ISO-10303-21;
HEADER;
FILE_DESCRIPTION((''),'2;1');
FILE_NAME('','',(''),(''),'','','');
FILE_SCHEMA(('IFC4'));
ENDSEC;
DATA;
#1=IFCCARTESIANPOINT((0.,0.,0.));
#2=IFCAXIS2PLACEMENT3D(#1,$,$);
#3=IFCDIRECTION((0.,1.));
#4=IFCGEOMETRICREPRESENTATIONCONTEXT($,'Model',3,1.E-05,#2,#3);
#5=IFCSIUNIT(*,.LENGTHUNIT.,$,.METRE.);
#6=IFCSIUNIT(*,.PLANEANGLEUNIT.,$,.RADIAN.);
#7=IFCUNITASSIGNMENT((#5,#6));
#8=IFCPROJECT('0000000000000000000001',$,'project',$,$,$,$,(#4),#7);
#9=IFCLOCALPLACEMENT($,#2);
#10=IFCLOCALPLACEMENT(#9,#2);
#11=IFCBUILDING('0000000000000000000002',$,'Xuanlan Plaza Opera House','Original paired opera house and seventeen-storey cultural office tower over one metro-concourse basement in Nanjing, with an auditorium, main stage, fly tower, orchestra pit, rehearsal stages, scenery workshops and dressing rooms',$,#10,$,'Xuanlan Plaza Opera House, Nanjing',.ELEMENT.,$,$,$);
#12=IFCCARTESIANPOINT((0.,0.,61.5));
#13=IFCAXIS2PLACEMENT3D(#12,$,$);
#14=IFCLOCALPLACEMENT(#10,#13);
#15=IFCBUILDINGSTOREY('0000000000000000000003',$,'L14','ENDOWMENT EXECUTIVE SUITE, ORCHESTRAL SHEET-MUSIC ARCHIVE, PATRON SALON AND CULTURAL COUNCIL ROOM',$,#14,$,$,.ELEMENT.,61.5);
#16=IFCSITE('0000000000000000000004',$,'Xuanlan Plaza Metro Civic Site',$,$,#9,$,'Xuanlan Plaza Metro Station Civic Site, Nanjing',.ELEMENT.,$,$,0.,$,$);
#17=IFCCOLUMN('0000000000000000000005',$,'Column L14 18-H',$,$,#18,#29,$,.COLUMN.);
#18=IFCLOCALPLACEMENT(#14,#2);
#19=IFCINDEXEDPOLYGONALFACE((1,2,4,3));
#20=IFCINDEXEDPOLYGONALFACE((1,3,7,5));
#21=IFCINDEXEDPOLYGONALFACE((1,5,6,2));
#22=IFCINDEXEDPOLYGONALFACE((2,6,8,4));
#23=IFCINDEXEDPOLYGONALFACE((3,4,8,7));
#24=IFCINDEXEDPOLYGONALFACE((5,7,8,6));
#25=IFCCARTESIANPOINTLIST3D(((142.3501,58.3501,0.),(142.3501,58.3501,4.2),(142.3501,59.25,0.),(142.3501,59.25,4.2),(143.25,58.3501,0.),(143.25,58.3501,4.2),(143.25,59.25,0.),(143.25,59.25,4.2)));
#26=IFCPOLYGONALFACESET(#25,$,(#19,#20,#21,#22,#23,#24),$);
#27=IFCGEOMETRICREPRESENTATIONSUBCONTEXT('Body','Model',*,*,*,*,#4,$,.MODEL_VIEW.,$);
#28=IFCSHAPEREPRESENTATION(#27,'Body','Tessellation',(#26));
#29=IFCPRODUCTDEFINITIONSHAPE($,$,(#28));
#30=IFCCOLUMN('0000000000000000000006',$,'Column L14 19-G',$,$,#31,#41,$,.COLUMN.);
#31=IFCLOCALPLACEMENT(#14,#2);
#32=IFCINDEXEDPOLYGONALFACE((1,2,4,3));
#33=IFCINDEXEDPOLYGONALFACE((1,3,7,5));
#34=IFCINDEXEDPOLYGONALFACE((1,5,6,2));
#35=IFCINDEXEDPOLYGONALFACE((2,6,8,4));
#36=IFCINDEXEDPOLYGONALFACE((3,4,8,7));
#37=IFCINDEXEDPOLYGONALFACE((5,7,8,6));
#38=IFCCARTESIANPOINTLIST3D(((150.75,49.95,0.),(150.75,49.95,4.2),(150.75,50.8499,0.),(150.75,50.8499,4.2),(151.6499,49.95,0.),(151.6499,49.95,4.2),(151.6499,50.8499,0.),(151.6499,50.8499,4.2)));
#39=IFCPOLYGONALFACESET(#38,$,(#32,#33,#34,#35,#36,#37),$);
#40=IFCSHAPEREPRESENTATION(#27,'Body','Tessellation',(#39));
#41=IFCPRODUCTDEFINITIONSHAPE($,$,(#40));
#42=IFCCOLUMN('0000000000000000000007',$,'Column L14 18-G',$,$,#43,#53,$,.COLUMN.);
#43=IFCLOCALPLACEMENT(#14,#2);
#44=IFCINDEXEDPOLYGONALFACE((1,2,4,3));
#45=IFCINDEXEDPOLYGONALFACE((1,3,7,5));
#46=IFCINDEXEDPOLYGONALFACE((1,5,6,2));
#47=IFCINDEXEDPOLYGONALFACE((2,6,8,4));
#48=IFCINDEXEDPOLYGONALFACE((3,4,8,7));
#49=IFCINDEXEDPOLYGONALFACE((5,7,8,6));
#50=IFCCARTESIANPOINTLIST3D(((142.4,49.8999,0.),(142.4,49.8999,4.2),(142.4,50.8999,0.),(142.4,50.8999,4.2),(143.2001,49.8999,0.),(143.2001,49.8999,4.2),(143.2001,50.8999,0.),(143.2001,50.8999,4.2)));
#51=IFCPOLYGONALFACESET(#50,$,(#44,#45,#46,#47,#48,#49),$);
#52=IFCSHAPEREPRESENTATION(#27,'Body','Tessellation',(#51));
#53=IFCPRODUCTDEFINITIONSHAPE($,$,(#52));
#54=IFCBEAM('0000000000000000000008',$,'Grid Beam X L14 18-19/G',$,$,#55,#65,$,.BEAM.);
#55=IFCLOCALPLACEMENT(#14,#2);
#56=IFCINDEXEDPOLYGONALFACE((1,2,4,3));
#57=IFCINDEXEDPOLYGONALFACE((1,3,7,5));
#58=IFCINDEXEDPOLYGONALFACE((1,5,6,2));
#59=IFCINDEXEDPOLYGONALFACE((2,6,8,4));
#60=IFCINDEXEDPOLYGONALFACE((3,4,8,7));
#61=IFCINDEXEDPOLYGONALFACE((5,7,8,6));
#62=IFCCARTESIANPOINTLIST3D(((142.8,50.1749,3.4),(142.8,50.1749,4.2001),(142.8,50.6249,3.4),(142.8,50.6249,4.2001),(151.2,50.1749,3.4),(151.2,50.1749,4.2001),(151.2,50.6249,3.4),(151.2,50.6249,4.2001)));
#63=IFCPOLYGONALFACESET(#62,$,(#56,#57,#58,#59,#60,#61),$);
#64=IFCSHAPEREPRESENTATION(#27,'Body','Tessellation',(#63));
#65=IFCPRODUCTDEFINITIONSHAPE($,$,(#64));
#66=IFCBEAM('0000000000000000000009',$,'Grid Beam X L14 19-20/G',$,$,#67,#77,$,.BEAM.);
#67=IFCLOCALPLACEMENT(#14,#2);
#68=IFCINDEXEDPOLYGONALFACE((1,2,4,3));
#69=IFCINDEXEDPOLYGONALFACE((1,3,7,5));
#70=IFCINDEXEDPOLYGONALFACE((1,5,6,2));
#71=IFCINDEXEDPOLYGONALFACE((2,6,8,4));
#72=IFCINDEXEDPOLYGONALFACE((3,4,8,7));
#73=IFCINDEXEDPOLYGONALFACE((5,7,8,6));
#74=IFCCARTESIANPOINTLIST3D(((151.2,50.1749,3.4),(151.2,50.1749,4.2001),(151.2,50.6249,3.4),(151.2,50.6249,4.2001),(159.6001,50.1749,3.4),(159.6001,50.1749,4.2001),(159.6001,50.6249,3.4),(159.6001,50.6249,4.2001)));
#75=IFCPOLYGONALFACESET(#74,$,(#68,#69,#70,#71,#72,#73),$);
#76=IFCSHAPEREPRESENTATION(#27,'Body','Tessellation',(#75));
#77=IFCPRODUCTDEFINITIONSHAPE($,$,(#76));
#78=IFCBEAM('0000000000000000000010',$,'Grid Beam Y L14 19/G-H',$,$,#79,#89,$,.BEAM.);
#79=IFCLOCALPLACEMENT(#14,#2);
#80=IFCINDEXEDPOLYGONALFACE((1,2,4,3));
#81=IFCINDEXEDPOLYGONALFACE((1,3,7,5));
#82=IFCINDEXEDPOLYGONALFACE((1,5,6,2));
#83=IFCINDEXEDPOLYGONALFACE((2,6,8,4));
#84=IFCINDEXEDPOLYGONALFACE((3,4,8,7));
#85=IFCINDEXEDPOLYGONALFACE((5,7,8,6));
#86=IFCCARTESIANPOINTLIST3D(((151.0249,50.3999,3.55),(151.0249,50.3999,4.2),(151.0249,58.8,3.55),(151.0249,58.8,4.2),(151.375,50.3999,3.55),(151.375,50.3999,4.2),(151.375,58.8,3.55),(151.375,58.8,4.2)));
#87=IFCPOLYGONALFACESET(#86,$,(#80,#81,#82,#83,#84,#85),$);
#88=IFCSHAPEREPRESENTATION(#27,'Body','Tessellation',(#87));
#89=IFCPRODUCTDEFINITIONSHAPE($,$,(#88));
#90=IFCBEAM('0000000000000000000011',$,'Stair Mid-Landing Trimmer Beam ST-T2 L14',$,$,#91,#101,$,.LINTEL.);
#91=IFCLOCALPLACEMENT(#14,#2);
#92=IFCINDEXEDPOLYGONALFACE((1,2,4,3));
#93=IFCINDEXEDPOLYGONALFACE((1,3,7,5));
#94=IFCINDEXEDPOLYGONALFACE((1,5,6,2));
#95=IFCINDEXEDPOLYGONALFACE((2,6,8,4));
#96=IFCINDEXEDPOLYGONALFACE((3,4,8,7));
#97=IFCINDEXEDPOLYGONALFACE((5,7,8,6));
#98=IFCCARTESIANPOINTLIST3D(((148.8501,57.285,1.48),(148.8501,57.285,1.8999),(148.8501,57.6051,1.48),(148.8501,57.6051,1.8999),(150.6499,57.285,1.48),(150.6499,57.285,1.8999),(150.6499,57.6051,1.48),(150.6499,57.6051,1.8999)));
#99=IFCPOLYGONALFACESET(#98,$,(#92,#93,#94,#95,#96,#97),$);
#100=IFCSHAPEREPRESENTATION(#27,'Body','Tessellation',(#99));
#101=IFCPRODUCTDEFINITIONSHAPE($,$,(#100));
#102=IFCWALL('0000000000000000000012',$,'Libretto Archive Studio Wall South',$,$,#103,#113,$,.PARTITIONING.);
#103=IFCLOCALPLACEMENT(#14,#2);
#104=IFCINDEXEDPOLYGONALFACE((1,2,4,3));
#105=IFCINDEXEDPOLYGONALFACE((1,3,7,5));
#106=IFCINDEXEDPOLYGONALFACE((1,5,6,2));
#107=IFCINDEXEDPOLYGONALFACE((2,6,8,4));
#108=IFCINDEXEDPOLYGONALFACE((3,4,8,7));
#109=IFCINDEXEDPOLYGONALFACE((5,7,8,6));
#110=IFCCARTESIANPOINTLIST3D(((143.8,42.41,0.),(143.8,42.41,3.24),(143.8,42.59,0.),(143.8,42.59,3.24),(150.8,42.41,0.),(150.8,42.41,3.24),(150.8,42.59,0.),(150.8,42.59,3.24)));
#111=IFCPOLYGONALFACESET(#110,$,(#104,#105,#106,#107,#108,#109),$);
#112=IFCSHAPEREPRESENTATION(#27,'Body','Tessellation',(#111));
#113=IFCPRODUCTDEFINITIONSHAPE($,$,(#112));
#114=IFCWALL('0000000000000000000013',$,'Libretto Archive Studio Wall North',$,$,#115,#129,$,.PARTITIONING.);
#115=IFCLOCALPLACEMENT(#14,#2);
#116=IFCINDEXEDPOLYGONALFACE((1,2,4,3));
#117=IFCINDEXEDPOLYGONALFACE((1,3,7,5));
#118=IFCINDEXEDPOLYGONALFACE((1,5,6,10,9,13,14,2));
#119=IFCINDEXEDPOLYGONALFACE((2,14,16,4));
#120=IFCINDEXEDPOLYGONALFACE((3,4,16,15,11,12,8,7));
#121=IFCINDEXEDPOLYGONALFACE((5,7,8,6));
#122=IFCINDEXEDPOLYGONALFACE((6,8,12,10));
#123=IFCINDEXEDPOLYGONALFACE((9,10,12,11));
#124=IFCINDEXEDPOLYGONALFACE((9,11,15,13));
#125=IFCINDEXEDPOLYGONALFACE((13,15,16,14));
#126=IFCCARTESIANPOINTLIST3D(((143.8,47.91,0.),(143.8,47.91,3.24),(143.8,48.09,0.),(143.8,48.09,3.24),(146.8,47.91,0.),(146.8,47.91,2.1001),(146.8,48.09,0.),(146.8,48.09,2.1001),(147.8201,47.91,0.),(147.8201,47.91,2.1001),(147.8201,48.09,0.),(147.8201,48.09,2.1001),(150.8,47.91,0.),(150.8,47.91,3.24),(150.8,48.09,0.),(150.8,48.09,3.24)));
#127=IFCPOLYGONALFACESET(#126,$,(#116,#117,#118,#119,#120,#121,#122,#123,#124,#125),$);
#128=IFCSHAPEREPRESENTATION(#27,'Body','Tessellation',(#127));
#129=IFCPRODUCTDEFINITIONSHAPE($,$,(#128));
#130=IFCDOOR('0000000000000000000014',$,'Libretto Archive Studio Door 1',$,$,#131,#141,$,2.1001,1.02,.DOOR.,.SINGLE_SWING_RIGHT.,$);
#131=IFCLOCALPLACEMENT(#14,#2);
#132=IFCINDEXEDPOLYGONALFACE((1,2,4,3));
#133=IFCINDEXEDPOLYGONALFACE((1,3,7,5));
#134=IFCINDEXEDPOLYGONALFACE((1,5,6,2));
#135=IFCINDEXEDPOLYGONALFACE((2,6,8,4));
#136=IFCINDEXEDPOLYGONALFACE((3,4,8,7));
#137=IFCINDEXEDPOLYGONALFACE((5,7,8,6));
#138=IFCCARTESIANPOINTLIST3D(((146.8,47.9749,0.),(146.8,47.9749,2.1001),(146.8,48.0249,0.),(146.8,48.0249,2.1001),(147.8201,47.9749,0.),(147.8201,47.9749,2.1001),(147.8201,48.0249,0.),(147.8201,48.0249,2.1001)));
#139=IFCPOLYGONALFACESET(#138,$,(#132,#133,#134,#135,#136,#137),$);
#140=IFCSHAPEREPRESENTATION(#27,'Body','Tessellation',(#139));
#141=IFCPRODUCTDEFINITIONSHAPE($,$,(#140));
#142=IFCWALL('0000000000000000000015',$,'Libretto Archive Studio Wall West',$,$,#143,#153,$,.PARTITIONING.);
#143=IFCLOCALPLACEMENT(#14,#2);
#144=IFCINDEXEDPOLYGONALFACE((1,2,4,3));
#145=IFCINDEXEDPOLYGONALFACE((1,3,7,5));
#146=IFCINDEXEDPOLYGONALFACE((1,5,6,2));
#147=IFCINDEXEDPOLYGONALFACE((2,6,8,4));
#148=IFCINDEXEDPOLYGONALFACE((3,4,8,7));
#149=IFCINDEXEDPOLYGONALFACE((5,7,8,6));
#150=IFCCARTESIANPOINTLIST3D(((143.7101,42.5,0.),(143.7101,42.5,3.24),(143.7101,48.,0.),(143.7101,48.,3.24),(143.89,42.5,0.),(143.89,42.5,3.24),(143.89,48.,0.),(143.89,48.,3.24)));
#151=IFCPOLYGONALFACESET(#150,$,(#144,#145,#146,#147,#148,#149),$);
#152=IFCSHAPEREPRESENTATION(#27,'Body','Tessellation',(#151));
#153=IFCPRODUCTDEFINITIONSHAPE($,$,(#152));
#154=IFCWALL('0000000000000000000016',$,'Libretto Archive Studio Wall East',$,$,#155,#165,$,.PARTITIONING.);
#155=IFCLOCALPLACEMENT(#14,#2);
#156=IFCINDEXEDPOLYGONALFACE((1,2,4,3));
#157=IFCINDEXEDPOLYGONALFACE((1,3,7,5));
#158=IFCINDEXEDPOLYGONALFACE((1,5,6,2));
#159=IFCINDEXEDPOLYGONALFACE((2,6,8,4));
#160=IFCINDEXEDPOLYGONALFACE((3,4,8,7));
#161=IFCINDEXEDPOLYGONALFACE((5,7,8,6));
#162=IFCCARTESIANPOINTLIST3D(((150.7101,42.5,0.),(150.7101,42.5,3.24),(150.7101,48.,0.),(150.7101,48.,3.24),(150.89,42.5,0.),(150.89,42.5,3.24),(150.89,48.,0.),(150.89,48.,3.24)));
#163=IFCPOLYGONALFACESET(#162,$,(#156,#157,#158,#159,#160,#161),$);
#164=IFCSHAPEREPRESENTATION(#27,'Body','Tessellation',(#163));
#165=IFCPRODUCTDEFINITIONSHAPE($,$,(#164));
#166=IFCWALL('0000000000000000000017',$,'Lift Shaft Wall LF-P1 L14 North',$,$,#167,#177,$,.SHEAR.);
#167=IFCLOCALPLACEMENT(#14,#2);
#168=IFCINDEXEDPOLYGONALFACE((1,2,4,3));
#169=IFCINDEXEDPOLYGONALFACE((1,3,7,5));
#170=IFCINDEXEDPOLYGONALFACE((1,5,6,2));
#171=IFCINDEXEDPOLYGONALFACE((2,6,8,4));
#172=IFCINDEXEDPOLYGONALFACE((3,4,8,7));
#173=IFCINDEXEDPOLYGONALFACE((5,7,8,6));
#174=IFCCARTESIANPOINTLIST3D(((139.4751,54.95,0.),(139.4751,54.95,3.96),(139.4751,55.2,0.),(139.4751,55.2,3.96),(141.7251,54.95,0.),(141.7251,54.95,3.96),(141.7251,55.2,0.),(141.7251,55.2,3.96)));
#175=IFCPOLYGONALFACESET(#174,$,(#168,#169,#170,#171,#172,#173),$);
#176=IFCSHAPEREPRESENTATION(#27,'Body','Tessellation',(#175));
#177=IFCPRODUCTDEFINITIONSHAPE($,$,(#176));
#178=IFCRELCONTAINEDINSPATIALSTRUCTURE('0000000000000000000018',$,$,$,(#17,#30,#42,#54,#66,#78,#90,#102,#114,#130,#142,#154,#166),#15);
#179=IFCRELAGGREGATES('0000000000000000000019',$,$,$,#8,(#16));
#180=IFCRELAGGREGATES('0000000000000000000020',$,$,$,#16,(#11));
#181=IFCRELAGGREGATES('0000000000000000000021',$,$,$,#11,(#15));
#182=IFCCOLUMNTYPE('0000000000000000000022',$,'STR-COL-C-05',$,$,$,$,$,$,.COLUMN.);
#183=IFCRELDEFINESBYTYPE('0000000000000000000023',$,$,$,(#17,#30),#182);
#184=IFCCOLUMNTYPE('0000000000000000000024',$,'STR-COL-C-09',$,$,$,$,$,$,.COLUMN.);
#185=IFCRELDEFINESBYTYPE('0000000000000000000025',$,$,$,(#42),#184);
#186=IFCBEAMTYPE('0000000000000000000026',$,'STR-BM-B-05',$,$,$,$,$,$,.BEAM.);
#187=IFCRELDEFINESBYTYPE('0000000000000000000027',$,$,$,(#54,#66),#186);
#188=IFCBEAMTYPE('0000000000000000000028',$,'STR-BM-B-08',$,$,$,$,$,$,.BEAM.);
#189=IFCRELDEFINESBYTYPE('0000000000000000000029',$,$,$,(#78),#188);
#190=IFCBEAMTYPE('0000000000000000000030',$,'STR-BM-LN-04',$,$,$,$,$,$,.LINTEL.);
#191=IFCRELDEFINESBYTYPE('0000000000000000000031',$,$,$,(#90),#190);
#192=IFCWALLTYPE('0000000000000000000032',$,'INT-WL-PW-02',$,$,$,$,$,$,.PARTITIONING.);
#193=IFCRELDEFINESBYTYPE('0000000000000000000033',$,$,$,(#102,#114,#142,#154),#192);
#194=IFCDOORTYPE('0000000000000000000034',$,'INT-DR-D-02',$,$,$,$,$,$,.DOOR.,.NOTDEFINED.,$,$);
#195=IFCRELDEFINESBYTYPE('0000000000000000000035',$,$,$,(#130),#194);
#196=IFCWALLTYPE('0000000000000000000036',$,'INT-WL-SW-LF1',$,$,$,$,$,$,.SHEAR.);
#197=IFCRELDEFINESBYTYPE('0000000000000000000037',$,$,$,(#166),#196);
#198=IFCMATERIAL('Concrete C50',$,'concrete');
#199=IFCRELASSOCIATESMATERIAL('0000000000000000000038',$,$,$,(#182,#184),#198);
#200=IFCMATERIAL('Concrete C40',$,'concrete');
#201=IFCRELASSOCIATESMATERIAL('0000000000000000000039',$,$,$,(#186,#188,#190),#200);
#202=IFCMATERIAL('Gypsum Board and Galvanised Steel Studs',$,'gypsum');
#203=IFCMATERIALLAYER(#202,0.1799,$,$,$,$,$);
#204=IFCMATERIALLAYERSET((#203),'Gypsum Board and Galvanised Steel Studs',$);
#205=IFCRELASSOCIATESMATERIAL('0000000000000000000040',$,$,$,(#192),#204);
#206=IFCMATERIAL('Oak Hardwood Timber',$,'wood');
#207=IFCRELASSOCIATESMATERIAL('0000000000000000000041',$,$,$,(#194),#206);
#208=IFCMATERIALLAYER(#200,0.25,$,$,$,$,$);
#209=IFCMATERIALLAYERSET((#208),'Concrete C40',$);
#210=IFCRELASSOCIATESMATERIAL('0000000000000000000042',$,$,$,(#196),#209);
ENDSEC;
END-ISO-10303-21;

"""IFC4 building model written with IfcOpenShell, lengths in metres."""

from ifc_helpers import new_model, si_unit, direction, frame, frame_2d, origin, origin_2d, place, context, subcontext, project, spatial, rectangle, extrude, material, layer, layer_set, material_profile, profile_set, type_object, element, fill, save


model = new_model("IFC4")

# Units and contexts
model_context = context("Model", 3, precision=1e-05, world=origin(), true_north=direction((0.0, 1.0)))
body_context = subcontext(model_context, "Body", "Model", "MODEL_VIEW")
ifc_project = project(units=[si_unit("LENGTHUNIT", "METRE"), si_unit("PLANEANGLEUNIT", "RADIAN")], contexts=[model_context])

# Site, building, storey
site_placement = place(None, origin())
site = spatial("IfcSite", under=ifc_project, at=site_placement, Name="Xuanlan Plaza Metro Civic Site", LongName="Xuanlan Plaza Metro Station Civic Site, Nanjing", CompositionType="ELEMENT", RefElevation=0.0)
building_placement = place(site_placement, origin())
building = spatial("IfcBuilding", under=site, at=building_placement, Name="Xuanlan Plaza Opera House", Description="Original paired opera house and seventeen-storey cultural office tower over one metro-concourse basement in Nanjing, with an auditorium, main stage, fly tower, orchestra pit, rehearsal stages, scenery workshops and dressing rooms", LongName="Xuanlan Plaza Opera House, Nanjing", CompositionType="ELEMENT")
storey_placement = place(building_placement, frame((0.0, 0.0, 61.5)))
storey = spatial("IfcBuildingStorey", under=building, at=storey_placement, Name="L14", Description="ENDOWMENT EXECUTIVE SUITE, ORCHESTRAL SHEET-MUSIC ARCHIVE, PATRON SALON AND CULTURAL COUNCIL ROOM", CompositionType="ELEMENT", Elevation=61.5)

# Columns
ifc_material_1 = material(Name="Concrete C50", Category="concrete")
ifc_material_profile_1 = material_profile(ifc_material_1, rectangle(XDim=0.8999, YDim=0.8999, at=origin_2d()), Name="RC-COL 900x900")
ifc_profile_set_1 = profile_set([ifc_material_profile_1], Name="Concrete C50")
column_type_1 = type_object("IfcColumnType", Name="STR-COL-C-05", PredefinedType="COLUMN", material=ifc_profile_set_1)
for number, where, z_axis, x_axis, name in (
    (1, (142.8, 58.8, 0.0), (0.0, 0.0, 1.0), (1.0, 0.0, 0.0), "Column L14 18-H"),
    (2, (151.2, 50.3999, 0.0), (0.0, 0.0, 1.0), (1.0, 0.0, 0.0), "Column L14 19-G"),
):
    element("IfcColumn", number, at=place(storey_placement, frame(where, z_axis=z_axis, x_axis=x_axis)), inside=storey, type_object=column_type_1, Name=name, PredefinedType="COLUMN", context=body_context, shape_type="SweptSolid", body=[
        extrude(rectangle(XDim=0.8999, YDim=0.8999, at=origin_2d()), origin(), (0.0, 0.0, 1.0), 4.2),
    ])
ifc_material_profile_2 = material_profile(ifc_material_1, rectangle(XDim=0.8, YDim=1.0, at=origin_2d()), Name="RC-COL 800x1000")
ifc_profile_set_2 = profile_set([ifc_material_profile_2], Name="Concrete C50")
column_type_2 = type_object("IfcColumnType", Name="STR-COL-C-09", PredefinedType="COLUMN", material=ifc_profile_set_2)
column_placement = place(storey_placement, frame((142.8, 50.3999, 0.0), z_axis=(0.0, 0.0, 1.0), x_axis=(1.0, 0.0, 0.0)))
element("IfcColumn", 3, at=column_placement, inside=storey, type_object=column_type_2, Name="Column L14 18-G", PredefinedType="COLUMN", context=body_context, shape_type="SweptSolid", body=[
    extrude(rectangle(XDim=0.8, YDim=1.0, at=origin_2d()), origin(), (0.0, 0.0, 1.0), 4.2),
])

# Beams
ifc_material_2 = material(Name="Concrete C40", Category="concrete")
ifc_material_profile_3 = material_profile(ifc_material_2, rectangle(XDim=0.45, YDim=0.8, at=origin_2d()), Name="RC-BM 450x800")
ifc_profile_set_3 = profile_set([ifc_material_profile_3], Name="Concrete C40")
beam_type_1 = type_object("IfcBeamType", Name="STR-BM-B-05", PredefinedType="BEAM", material=ifc_profile_set_3)
beam_1_placement = place(storey_placement, frame((142.8, 50.3999, 3.8), z_axis=(1.0, 0.0, 0.0), x_axis=(0.0, 1.0, 0.0)))
element("IfcBeam", 4, at=beam_1_placement, inside=storey, type_object=beam_type_1, Name="Grid Beam X L14 18-19/G", PredefinedType="BEAM", context=body_context, shape_type="SweptSolid", body=[
    extrude(rectangle(XDim=0.45, YDim=0.8, at=origin_2d()), origin(), (0.0, 0.0, 1.0), 8.3999),
])
beam_2_placement = place(storey_placement, frame((151.2, 50.3999, 3.8), z_axis=(1.0, 0.0, 0.0), x_axis=(0.0, 1.0, 0.0)))
element("IfcBeam", 5, at=beam_2_placement, inside=storey, type_object=beam_type_1, Name="Grid Beam X L14 19-20/G", PredefinedType="BEAM", context=body_context, shape_type="SweptSolid", body=[
    extrude(rectangle(XDim=0.45, YDim=0.8, at=origin_2d()), origin(), (0.0, 0.0, 1.0), 8.4001),
])
ifc_material_profile_4 = material_profile(ifc_material_2, rectangle(XDim=0.3501, YDim=0.6499, at=origin_2d()), Name="RC-BM 350x650")
ifc_profile_set_4 = profile_set([ifc_material_profile_4], Name="Concrete C40")
beam_type_2 = type_object("IfcBeamType", Name="STR-BM-B-08", PredefinedType="BEAM", material=ifc_profile_set_4)
beam_3_placement = place(storey_placement, frame((151.2, 50.3999, 3.875), z_axis=(0.0, 1.0, 0.0), x_axis=(-1.0, 0.0, 0.0)))
element("IfcBeam", 6, at=beam_3_placement, inside=storey, type_object=beam_type_2, Name="Grid Beam Y L14 19/G-H", PredefinedType="BEAM", context=body_context, shape_type="SweptSolid", body=[
    extrude(rectangle(XDim=0.3501, YDim=0.6499, at=origin_2d()), origin(), (0.0, 0.0, 1.0), 8.4001),
])
ifc_material_profile_5 = material_profile(ifc_material_2, rectangle(XDim=0.3201, YDim=0.4199, at=origin_2d()), Name="RC-LNT 320x420")
ifc_profile_set_5 = profile_set([ifc_material_profile_5], Name="Concrete C40")
beam_type_3 = type_object("IfcBeamType", Name="STR-BM-LN-04", PredefinedType="LINTEL", material=ifc_profile_set_5)
beam_4_placement = place(storey_placement, frame((148.8501, 57.4451, 1.6899), z_axis=(1.0, 0.0, 0.0), x_axis=(0.0, 1.0, 0.0)))
element("IfcBeam", 7, at=beam_4_placement, inside=storey, type_object=beam_type_3, Name="Stair Mid-Landing Trimmer Beam ST-T2 L14", PredefinedType="LINTEL", context=body_context, shape_type="SweptSolid", body=[
    extrude(rectangle(XDim=0.3201, YDim=0.4199, at=origin_2d()), origin(), (0.0, 0.0, 1.0), 1.7998),
])

# Wall
ifc_material_3 = material(Name="Gypsum Board and Galvanised Steel Studs", Category="gypsum")
ifc_layer_1 = layer(ifc_material_3, 0.1799)
ifc_layer_set_1 = layer_set([ifc_layer_1], Name="Gypsum Board and Galvanised Steel Studs")
wall_type_1 = type_object("IfcWallType", Name="INT-WL-PW-02", PredefinedType="PARTITIONING", material=ifc_layer_set_1)
wall_1_placement = place(storey_placement, frame((143.8, 42.5, 0.0), z_axis=(0.0, 0.0, 1.0), x_axis=(1.0, 0.0, 0.0)))
element("IfcWall", 8, at=wall_1_placement, inside=storey, type_object=wall_type_1, Name="Libretto Archive Studio Wall South", PredefinedType="PARTITIONING", context=body_context, shape_type="SweptSolid", body=[
    extrude(rectangle(XDim=7.0, YDim=0.1799, at=frame_2d((3.5, 0.0))), origin(), (0.0, 0.0, 1.0), 3.24),
])

# Wall, opening, door
wall_2_placement = place(storey_placement, frame((143.8, 48.0, 0.0), z_axis=(0.0, 0.0, 1.0), x_axis=(1.0, 0.0, 0.0)))
wall_2 = element("IfcWall", 9, at=wall_2_placement, inside=storey, type_object=wall_type_1, Name="Libretto Archive Studio Wall North", PredefinedType="PARTITIONING", context=body_context, shape_type="SweptSolid", body=[
    extrude(rectangle(XDim=7.0, YDim=0.1799, at=frame_2d((3.5, 0.0))), origin(), (0.0, 0.0, 1.0), 3.24),
])
opening_1_placement = place(wall_2_placement, frame((3.0, 0.0, 0.0)))
opening_1 = element("IfcOpeningElement", 10, at=opening_1_placement, cuts=wall_2, PredefinedType="OPENING", context=body_context, shape_type="SweptSolid", body=[
    extrude(rectangle(XDim=1.02, YDim=2.1001, at=frame_2d((0.51, 1.05))), frame((0.0, 0.0999, 0.0), z_axis=(0.0, -1.0, 0.0), x_axis=(1.0, 0.0, 0.0)), (0.0, 0.0, 1.0), 0.2),
])
ifc_material_4 = material(Name="Oak Hardwood Timber", Category="wood")
door_type_1 = type_object("IfcDoorType", Name="INT-DR-D-02", OperationType="NOTDEFINED", PredefinedType="DOOR", material=ifc_material_4)
door_1_placement = place(opening_1_placement, origin())
door_1 = element("IfcDoor", 11, at=door_1_placement, inside=storey, type_object=door_type_1, Name="Libretto Archive Studio Door 1", OperationType="SINGLE_SWING_RIGHT", OverallHeight=2.1001, OverallWidth=1.02, PredefinedType="DOOR", context=body_context, shape_type="SweptSolid", body=[
    extrude(rectangle(XDim=1.02, YDim=2.1001, at=frame_2d((0.51, 1.05))), frame((0.0, 0.0249, 0.0), z_axis=(0.0, -1.0, 0.0), x_axis=(1.0, 0.0, 0.0)), (0.0, 0.0, 1.0), 0.05),
])
fill(opening_1, door_1)

# Walls
for number, where, z_axis, x_axis, name in (
    (12, (143.8, 42.5, 0.0), (0.0, 0.0, 1.0), (0.0, 1.0, 0.0), "Libretto Archive Studio Wall West"),
    (13, (150.8, 42.5, 0.0), (0.0, 0.0, 1.0), (0.0, 1.0, 0.0), "Libretto Archive Studio Wall East"),
):
    element("IfcWall", number, at=place(storey_placement, frame(where, z_axis=z_axis, x_axis=x_axis)), inside=storey, type_object=wall_type_1, Name=name, PredefinedType="PARTITIONING", context=body_context, shape_type="SweptSolid", body=[
        extrude(rectangle(XDim=5.5, YDim=0.1799, at=frame_2d((2.75, 0.0))), origin(), (0.0, 0.0, 1.0), 3.24),
    ])

# Shared definitions
ifc_layer_2 = layer(ifc_material_2, 0.25)
ifc_layer_set_2 = layer_set([ifc_layer_2], Name="Concrete C40")
wall_type_2 = type_object("IfcWallType", Name="INT-WL-SW-LF1", PredefinedType="SHEAR", material=ifc_layer_set_2)

# Wall
wall_3_placement = place(storey_placement, frame((139.4751, 55.075, 0.0), z_axis=(0.0, 0.0, 1.0), x_axis=(1.0, 0.0, 0.0)))
element("IfcWall", 14, at=wall_3_placement, inside=storey, type_object=wall_type_2, Name="Lift Shaft Wall LF-P1 L14 North", PredefinedType="SHEAR", context=body_context, shape_type="SweptSolid", body=[
    extrude(rectangle(XDim=2.25, YDim=0.25, at=frame_2d((1.125, 0.0))), origin(), (0.0, 0.0, 1.0), 3.96),
])

save(model, "model.ifc")
